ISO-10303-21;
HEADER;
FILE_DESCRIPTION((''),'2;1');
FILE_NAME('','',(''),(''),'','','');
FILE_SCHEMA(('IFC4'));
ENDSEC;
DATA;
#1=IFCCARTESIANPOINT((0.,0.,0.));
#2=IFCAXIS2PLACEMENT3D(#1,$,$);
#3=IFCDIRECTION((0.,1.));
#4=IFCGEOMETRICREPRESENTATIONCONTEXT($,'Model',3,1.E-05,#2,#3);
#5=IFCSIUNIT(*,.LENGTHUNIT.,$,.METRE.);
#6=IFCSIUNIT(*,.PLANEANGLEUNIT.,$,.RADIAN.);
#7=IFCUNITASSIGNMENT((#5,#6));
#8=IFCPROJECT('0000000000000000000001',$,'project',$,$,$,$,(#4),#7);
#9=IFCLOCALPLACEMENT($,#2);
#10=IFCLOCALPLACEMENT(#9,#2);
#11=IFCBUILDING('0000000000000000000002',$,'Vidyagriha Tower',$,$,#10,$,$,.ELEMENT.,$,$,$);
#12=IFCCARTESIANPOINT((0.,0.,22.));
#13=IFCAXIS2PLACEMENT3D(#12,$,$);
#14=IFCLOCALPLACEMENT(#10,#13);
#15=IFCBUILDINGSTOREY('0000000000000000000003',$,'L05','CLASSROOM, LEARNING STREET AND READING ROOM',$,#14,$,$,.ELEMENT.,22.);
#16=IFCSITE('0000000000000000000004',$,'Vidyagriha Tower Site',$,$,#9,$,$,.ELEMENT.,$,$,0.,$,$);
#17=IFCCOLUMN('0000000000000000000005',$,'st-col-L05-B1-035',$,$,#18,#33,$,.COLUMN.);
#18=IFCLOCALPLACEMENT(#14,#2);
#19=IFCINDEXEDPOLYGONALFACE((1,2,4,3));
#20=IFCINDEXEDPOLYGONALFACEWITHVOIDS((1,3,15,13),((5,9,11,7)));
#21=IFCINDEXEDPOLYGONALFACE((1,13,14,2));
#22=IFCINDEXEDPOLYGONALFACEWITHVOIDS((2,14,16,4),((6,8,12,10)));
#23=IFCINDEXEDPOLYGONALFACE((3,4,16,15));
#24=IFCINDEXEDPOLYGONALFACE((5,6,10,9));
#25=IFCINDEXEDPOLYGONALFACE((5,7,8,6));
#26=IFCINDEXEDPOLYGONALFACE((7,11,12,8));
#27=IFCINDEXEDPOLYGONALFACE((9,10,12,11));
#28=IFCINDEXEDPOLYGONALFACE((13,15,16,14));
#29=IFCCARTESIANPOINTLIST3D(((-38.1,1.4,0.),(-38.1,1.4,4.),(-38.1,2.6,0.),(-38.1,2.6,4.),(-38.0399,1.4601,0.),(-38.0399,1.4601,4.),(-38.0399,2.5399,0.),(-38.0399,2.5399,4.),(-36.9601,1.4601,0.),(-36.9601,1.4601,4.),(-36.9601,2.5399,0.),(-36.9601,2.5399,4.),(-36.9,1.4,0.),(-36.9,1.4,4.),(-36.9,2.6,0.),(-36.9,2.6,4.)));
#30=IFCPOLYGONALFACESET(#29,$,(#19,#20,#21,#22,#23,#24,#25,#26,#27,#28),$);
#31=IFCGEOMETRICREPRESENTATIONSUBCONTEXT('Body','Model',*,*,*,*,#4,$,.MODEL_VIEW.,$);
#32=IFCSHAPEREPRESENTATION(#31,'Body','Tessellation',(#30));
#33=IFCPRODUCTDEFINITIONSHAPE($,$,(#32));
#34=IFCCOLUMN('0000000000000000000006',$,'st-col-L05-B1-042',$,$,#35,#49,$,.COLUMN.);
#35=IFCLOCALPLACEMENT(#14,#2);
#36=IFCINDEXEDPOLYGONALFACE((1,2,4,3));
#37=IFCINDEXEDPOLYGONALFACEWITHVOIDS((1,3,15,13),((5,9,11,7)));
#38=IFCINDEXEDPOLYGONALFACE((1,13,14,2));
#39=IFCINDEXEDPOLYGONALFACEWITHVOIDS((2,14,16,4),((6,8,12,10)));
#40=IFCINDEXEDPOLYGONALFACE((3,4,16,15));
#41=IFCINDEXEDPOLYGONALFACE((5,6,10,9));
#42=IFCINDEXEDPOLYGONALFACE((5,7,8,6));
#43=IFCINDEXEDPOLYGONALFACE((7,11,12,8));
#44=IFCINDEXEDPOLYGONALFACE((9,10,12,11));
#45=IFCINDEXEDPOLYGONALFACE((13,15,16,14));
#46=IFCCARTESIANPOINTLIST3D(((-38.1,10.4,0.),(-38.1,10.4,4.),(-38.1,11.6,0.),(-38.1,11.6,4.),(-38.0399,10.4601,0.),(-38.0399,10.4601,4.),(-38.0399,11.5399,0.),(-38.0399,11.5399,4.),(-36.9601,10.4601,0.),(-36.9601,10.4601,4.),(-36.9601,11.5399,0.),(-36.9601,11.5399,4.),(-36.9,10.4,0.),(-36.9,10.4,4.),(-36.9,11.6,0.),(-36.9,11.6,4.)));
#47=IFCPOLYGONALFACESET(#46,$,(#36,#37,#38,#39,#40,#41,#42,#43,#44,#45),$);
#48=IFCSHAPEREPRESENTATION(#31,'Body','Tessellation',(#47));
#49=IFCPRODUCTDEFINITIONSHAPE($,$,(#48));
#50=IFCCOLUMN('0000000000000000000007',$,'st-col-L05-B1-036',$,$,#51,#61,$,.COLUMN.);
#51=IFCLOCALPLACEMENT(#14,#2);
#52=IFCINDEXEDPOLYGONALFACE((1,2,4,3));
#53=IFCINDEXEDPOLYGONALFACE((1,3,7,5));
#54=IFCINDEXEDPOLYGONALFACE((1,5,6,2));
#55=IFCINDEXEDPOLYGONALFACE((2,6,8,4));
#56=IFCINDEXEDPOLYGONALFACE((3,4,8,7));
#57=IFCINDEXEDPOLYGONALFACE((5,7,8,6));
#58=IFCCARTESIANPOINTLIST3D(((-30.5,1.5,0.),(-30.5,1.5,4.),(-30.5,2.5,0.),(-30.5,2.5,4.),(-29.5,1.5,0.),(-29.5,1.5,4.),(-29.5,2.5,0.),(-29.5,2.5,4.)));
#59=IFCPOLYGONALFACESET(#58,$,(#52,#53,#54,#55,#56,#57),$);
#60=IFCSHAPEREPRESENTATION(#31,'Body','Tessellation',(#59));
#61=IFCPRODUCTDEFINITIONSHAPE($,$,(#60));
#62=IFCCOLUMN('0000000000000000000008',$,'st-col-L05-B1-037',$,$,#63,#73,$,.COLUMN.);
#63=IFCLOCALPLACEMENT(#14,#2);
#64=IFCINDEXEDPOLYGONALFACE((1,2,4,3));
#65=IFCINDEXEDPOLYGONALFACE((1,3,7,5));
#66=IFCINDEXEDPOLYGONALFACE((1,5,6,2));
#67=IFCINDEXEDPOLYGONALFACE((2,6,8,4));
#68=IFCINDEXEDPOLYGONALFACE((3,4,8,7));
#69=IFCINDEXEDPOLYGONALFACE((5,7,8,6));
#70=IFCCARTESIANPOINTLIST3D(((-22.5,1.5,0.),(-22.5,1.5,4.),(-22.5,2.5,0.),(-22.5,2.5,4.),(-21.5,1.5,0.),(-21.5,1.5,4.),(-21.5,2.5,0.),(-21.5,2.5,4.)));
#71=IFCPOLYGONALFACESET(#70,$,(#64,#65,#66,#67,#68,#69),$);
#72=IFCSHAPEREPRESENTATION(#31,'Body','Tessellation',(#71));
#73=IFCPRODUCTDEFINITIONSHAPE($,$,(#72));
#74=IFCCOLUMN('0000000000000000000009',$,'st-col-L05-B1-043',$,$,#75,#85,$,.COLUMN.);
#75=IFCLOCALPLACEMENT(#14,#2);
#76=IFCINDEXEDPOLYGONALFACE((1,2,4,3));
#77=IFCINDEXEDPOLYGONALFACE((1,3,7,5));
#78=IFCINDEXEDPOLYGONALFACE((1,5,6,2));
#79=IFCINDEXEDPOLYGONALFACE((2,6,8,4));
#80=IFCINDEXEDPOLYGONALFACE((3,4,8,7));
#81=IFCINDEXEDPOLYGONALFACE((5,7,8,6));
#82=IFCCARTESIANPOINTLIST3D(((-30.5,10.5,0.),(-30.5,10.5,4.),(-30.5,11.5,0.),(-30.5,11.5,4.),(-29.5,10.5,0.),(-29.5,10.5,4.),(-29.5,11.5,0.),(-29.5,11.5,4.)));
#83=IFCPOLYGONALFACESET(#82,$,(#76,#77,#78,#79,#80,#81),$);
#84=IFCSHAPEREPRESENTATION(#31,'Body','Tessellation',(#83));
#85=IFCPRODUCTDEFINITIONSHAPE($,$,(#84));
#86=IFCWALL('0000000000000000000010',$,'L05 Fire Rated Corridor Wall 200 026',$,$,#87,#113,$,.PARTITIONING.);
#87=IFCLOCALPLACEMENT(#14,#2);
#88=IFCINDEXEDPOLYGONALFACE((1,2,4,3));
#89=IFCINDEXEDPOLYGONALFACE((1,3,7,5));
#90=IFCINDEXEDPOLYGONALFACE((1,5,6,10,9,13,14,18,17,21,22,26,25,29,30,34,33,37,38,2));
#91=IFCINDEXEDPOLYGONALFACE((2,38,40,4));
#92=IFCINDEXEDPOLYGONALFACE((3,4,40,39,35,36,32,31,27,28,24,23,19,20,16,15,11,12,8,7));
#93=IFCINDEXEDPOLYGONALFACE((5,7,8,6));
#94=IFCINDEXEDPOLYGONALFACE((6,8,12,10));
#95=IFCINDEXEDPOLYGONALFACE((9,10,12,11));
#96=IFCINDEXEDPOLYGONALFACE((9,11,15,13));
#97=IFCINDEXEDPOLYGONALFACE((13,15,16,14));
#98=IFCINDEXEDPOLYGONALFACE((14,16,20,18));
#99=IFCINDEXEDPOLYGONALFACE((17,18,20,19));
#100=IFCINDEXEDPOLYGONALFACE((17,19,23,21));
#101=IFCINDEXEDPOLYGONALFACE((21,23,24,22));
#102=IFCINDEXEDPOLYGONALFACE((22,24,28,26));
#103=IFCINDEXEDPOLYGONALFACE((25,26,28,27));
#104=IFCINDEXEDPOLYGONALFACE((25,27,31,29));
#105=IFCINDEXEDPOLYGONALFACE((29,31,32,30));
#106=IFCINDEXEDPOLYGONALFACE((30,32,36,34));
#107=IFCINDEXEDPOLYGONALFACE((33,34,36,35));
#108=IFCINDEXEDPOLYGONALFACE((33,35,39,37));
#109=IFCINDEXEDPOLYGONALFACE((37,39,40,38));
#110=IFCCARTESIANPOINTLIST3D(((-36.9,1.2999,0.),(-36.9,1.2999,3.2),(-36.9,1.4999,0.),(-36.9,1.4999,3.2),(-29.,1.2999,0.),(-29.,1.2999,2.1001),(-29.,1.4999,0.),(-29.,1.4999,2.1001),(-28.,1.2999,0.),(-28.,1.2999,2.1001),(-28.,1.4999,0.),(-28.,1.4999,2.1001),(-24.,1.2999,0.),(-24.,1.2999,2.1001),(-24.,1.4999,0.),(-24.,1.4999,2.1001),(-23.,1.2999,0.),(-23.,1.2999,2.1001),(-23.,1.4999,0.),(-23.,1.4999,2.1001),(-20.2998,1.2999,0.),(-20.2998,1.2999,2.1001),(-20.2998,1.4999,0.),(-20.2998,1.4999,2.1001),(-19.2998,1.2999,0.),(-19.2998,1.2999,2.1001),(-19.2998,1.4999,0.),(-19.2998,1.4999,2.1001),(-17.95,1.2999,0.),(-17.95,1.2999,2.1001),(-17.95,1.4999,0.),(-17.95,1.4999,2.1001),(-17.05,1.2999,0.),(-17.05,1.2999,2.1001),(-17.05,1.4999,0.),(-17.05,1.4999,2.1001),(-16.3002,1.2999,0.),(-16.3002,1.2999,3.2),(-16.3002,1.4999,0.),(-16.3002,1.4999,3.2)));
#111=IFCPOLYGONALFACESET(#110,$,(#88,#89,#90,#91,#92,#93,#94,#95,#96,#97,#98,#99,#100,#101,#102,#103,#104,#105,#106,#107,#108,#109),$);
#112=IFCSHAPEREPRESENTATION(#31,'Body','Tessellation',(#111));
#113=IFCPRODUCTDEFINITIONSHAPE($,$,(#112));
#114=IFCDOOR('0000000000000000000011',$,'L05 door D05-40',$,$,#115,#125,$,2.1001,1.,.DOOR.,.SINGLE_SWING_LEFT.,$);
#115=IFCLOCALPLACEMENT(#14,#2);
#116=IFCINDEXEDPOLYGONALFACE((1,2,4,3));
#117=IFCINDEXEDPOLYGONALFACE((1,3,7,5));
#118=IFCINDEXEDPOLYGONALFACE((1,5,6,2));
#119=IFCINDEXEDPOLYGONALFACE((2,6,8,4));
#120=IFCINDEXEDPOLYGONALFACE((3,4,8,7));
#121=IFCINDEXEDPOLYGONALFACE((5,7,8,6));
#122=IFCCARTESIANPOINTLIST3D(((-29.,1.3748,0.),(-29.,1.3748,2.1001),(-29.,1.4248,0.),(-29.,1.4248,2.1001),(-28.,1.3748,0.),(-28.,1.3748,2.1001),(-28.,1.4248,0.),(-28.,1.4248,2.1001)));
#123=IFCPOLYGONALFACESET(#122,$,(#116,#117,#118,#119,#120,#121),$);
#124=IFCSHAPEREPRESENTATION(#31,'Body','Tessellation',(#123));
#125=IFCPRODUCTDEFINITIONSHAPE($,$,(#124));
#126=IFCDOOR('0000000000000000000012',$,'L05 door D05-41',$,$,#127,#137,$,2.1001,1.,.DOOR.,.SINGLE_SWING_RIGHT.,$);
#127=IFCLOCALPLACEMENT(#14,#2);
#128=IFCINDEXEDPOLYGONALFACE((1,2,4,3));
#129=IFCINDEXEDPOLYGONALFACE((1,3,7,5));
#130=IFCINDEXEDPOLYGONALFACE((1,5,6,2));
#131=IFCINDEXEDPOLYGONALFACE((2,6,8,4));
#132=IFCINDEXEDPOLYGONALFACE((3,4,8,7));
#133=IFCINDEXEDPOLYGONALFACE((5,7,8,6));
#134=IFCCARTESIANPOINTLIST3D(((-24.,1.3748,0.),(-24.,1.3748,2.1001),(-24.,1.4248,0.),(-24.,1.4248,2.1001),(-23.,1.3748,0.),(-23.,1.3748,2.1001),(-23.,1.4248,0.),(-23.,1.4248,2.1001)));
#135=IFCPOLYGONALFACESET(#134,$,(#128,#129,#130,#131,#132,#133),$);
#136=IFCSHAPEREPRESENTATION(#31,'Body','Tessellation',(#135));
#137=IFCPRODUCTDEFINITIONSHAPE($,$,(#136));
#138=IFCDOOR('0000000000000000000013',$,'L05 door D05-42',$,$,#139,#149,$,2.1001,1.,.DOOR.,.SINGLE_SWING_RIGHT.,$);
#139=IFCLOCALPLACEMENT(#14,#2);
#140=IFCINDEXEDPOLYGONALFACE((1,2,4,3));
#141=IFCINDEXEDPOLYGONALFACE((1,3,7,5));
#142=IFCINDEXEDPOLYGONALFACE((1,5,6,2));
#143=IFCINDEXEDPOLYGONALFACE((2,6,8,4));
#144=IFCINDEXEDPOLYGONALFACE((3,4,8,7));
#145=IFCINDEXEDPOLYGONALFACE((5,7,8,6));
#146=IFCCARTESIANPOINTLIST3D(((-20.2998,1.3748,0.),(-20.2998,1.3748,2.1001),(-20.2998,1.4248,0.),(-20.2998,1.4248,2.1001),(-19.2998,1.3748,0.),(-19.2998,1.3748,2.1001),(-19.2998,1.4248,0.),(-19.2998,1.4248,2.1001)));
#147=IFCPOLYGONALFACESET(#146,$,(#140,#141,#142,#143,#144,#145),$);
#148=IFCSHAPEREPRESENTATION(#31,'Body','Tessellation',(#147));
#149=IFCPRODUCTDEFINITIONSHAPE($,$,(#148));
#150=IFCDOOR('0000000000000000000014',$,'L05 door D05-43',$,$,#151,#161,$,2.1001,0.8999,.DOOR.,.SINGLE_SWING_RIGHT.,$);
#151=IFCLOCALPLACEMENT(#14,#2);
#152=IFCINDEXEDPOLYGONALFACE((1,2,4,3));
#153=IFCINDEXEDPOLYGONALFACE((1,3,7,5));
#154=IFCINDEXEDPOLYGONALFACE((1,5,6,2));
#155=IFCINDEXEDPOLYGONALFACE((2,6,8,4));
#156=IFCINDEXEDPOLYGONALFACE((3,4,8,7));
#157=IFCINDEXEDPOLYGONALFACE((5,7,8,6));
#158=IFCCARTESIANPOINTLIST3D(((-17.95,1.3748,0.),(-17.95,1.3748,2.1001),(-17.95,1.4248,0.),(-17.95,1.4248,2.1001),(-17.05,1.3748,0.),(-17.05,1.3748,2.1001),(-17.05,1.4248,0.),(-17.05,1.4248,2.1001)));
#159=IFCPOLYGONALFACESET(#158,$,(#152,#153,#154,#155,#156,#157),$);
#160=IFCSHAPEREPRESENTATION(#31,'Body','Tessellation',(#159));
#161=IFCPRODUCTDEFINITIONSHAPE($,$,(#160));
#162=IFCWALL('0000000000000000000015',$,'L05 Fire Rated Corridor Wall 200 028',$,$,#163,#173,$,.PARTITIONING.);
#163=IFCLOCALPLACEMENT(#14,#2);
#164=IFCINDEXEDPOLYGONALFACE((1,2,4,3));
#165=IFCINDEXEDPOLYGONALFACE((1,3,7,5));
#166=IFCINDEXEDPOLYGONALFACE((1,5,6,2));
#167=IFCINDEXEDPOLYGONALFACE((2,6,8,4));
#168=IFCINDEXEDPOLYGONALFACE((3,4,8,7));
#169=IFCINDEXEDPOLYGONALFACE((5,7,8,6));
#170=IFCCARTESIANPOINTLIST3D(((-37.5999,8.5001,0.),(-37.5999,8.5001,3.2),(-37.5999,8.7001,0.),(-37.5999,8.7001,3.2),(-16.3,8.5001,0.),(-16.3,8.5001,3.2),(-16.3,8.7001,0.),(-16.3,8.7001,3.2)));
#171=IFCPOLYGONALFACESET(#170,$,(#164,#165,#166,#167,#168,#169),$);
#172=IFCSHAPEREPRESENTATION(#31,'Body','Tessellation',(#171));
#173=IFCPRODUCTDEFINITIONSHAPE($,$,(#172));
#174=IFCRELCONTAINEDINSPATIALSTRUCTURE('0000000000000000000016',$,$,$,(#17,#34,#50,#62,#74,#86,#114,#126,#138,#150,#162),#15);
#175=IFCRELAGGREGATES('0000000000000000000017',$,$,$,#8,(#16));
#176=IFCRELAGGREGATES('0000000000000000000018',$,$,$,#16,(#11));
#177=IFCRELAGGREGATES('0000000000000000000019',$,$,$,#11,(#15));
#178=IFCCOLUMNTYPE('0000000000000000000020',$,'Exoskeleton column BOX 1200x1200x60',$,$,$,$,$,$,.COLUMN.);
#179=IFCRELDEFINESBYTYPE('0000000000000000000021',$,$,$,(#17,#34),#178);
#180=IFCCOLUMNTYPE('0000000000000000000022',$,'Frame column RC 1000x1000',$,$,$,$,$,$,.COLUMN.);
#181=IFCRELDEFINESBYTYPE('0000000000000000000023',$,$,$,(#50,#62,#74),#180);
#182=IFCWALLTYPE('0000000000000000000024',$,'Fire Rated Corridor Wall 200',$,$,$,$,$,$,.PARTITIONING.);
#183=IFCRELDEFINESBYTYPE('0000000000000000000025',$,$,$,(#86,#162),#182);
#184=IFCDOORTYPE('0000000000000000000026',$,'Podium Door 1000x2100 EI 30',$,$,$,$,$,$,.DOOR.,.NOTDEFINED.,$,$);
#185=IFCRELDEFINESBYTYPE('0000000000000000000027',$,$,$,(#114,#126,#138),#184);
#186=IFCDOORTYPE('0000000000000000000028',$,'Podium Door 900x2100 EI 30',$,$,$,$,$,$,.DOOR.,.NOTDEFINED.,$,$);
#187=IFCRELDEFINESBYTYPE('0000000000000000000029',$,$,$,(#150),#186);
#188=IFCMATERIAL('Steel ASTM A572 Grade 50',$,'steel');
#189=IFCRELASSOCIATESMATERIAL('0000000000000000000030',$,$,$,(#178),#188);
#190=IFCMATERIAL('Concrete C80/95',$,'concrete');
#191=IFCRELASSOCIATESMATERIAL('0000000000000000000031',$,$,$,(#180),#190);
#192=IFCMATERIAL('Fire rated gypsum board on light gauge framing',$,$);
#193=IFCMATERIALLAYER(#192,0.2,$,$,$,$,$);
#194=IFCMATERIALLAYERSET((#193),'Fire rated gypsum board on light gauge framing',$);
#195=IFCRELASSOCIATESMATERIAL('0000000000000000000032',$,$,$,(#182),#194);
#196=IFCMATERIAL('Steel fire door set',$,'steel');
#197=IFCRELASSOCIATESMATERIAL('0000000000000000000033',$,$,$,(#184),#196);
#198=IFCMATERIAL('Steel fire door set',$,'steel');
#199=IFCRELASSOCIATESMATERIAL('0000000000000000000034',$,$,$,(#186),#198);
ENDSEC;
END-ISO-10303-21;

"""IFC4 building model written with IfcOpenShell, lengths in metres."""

from ifc_helpers import new_model, si_unit, direction, frame, frame_2d, origin, origin_2d, place, context, subcontext, project, spatial, rectangle, hollow_rectangle, extrude, material, layer, layer_set, material_profile, profile_set, type_object, element, fill, save


model = new_model("IFC4")

# Units and contexts
model_context = context("Model", 3, precision=1e-05, world=origin(), true_north=direction((0.0, 1.0)))
body_context = subcontext(model_context, "Body", "Model", "MODEL_VIEW")
ifc_project = project(units=[si_unit("LENGTHUNIT", "METRE"), si_unit("PLANEANGLEUNIT", "RADIAN")], contexts=[model_context])

# Site, building, storey
site_placement = place(None, origin())
site = spatial("IfcSite", under=ifc_project, at=site_placement, Name="Vidyagriha Tower Site", CompositionType="ELEMENT", RefElevation=0.0)
building_placement = place(site_placement, origin())
building = spatial("IfcBuilding", under=site, at=building_placement, Name="Vidyagriha Tower", CompositionType="ELEMENT")
storey_placement = place(building_placement, frame((0.0, 0.0, 22.0)))
storey = spatial("IfcBuildingStorey", under=building, at=storey_placement, Name="L05", Description="CLASSROOM, LEARNING STREET AND READING ROOM", CompositionType="ELEMENT", Elevation=22.0)

# Columns
ifc_material_1 = material(Name="Steel ASTM A572 Grade 50", Category="steel")
ifc_material_profile_1 = material_profile(ifc_material_1, hollow_rectangle(XDim=1.2, YDim=1.2, WallThickness=0.0601, at=origin_2d()), Name="BOX 1200x1200x60")
ifc_profile_set_1 = profile_set([ifc_material_profile_1], Name="Steel ASTM A572 Grade 50")
column_type_1 = type_object("IfcColumnType", Name="Exoskeleton column BOX 1200x1200x60", PredefinedType="COLUMN", material=ifc_profile_set_1)
for number, where, name in (
    (1, (-37.5, 2.0, 0.0), "st-col-L05-B1-035"),
    (2, (-37.5, 11.0, 0.0), "st-col-L05-B1-042"),
):
    element("IfcColumn", number, at=place(storey_placement, frame(where)), inside=storey, type_object=column_type_1, Name=name, PredefinedType="COLUMN", context=body_context, shape_type="SweptSolid", body=[
        extrude(hollow_rectangle(XDim=1.2, YDim=1.2, WallThickness=0.0601, at=origin_2d()), origin(), (0.0, 0.0, 1.0), 4.0),
    ])
ifc_material_2 = material(Name="Concrete C80/95", Category="concrete")
ifc_material_profile_2 = material_profile(ifc_material_2, rectangle(XDim=1.0, YDim=1.0, at=origin_2d()), Name="RC 1000x1000")
ifc_profile_set_2 = profile_set([ifc_material_profile_2], Name="Concrete C80/95")
column_type_2 = type_object("IfcColumnType", Name="Frame column RC 1000x1000", PredefinedType="COLUMN", material=ifc_profile_set_2)
for number, where, name in (
    (3, (-30.0, 2.0, 0.0), "st-col-L05-B1-036"),
    (4, (-22.0, 2.0, 0.0), "st-col-L05-B1-037"),
    (5, (-30.0, 11.0, 0.0), "st-col-L05-B1-043"),
):
    element("IfcColumn", number, at=place(storey_placement, frame(where)), inside=storey, type_object=column_type_2, Name=name, PredefinedType="COLUMN", context=body_context, shape_type="SweptSolid", body=[
        extrude(rectangle(XDim=1.0, YDim=1.0, at=origin_2d()), origin(), (0.0, 0.0, 1.0), 4.0),
    ])

# Wall, openings, doors
ifc_material_3 = material(Name="Fire rated gypsum board on light gauge framing")
ifc_layer_1 = layer(ifc_material_3, 0.2)
ifc_layer_set_1 = layer_set([ifc_layer_1], Name="Fire rated gypsum board on light gauge framing")
wall_type_1 = type_object("IfcWallType", Name="Fire Rated Corridor Wall 200", PredefinedType="PARTITIONING", material=ifc_layer_set_1)
wall_1_placement = place(storey_placement, frame((-36.8999, 1.3999, 0.0)))
wall_1 = element("IfcWall", 6, at=wall_1_placement, inside=storey, type_object=wall_type_1, Name="L05 Fire Rated Corridor Wall 200 026", PredefinedType="PARTITIONING", context=body_context, shape_type="SweptSolid", body=[
    extrude(rectangle(XDim=20.5999, YDim=0.2, at=frame_2d((10.2998, 0.0))), origin(), (0.0, 0.0, 1.0), 3.2),
])
opening_1_placement = place(wall_1_placement, frame((7.8999, 0.0, 0.0)))
opening_1 = element("IfcOpeningElement", 7, at=opening_1_placement, cuts=wall_1, PredefinedType="OPENING", context=body_context, shape_type="SweptSolid", body=[
    extrude(rectangle(XDim=1.0, YDim=2.1001, at=frame_2d((0.5, 1.05))), frame((0.0, 0.1099, 0.0), z_axis=(0.0, -1.0, 0.0), x_axis=(1.0, 0.0, 0.0)), (0.0, 0.0, 1.0), 0.22),
])
opening_2_placement = place(wall_1_placement, frame((12.8999, 0.0, 0.0)))
opening_2 = element("IfcOpeningElement", 8, at=opening_2_placement, cuts=wall_1, PredefinedType="OPENING", context=body_context, shape_type="SweptSolid", body=[
    extrude(rectangle(XDim=1.0, YDim=2.1001, at=frame_2d((0.5, 1.05))), frame((0.0, 0.1099, 0.0), z_axis=(0.0, -1.0, 0.0), x_axis=(1.0, 0.0, 0.0)), (0.0, 0.0, 1.0), 0.22),
])
opening_3_placement = place(wall_1_placement, frame((16.6001, 0.0, 0.0)))
opening_3 = element("IfcOpeningElement", 9, at=opening_3_placement, cuts=wall_1, PredefinedType="OPENING", context=body_context, shape_type="SweptSolid", body=[
    extrude(rectangle(XDim=1.0, YDim=2.1001, at=frame_2d((0.5, 1.05))), frame((0.0, 0.1099, 0.0), z_axis=(0.0, -1.0, 0.0), x_axis=(1.0, 0.0, 0.0)), (0.0, 0.0, 1.0), 0.22),
])
opening_4_placement = place(wall_1_placement, frame((18.95, 0.0, 0.0)))
opening_4 = element("IfcOpeningElement", 10, at=opening_4_placement, cuts=wall_1, PredefinedType="OPENING", context=body_context, shape_type="SweptSolid", body=[
    extrude(rectangle(XDim=0.8999, YDim=2.1001, at=frame_2d((0.45, 1.05))), frame((0.0, 0.1099, 0.0), z_axis=(0.0, -1.0, 0.0), x_axis=(1.0, 0.0, 0.0)), (0.0, 0.0, 1.0), 0.22),
])
ifc_material_4 = material(Name="Steel fire door set", Category="steel")
door_type_1 = type_object("IfcDoorType", Name="Podium Door 1000x2100 EI 30", OperationType="NOTDEFINED", PredefinedType="DOOR", material=ifc_material_4)
door_1_placement = place(opening_1_placement, origin())
door_1 = element("IfcDoor", 11, at=door_1_placement, inside=storey, type_object=door_type_1, Name="L05 door D05-40", OperationType="SINGLE_SWING_LEFT", OverallHeight=2.1001, OverallWidth=1.0, PredefinedType="DOOR", context=body_context, shape_type="SweptSolid", body=[
    extrude(rectangle(XDim=1.0, YDim=2.1001, at=frame_2d((0.5, 1.05))), frame((0.0, 0.0249, 0.0), z_axis=(0.0, -1.0, 0.0), x_axis=(1.0, 0.0, 0.0)), (0.0, 0.0, 1.0), 0.05),
])
fill(opening_1, door_1)
door_2_placement = place(opening_2_placement, origin())
door_2 = element("IfcDoor", 12, at=door_2_placement, inside=storey, type_object=door_type_1, Name="L05 door D05-41", OperationType="SINGLE_SWING_RIGHT", OverallHeight=2.1001, OverallWidth=1.0, PredefinedType="DOOR", context=body_context, shape_type="SweptSolid", body=[
    extrude(rectangle(XDim=1.0, YDim=2.1001, at=frame_2d((0.5, 1.05))), frame((0.0, 0.0249, 0.0), z_axis=(0.0, -1.0, 0.0), x_axis=(1.0, 0.0, 0.0)), (0.0, 0.0, 1.0), 0.05),
])
fill(opening_2, door_2)
door_3_placement = place(opening_3_placement, origin())
door_3 = element("IfcDoor", 13, at=door_3_placement, inside=storey, type_object=door_type_1, Name="L05 door D05-42", OperationType="SINGLE_SWING_RIGHT", OverallHeight=2.1001, OverallWidth=1.0, PredefinedType="DOOR", context=body_context, shape_type="SweptSolid", body=[
    extrude(rectangle(XDim=1.0, YDim=2.1001, at=frame_2d((0.5, 1.05))), frame((0.0, 0.0249, 0.0), z_axis=(0.0, -1.0, 0.0), x_axis=(1.0, 0.0, 0.0)), (0.0, 0.0, 1.0), 0.05),
])
fill(opening_3, door_3)
ifc_material_5 = material(Name="Steel fire door set", Category="steel")
door_type_2 = type_object("IfcDoorType", Name="Podium Door 900x2100 EI 30", OperationType="NOTDEFINED", PredefinedType="DOOR", material=ifc_material_5)
door_4_placement = place(opening_4_placement, origin())
door_4 = element("IfcDoor", 14, at=door_4_placement, inside=storey, type_object=door_type_2, Name="L05 door D05-43", OperationType="SINGLE_SWING_RIGHT", OverallHeight=2.1001, OverallWidth=0.8999, PredefinedType="DOOR", context=body_context, shape_type="SweptSolid", body=[
    extrude(rectangle(XDim=0.8999, YDim=2.1001, at=frame_2d((0.45, 1.05))), frame((0.0, 0.0249, 0.0), z_axis=(0.0, -1.0, 0.0), x_axis=(1.0, 0.0, 0.0)), (0.0, 0.0, 1.0), 0.05),
])
fill(opening_4, door_4)

# Wall
wall_2_placement = place(storey_placement, frame((-37.5999, 8.6001, 0.0)))
element("IfcWall", 15, at=wall_2_placement, inside=storey, type_object=wall_type_1, Name="L05 Fire Rated Corridor Wall 200 028", PredefinedType="PARTITIONING", context=body_context, shape_type="SweptSolid", body=[
    extrude(rectangle(XDim=21.2998, YDim=0.2, at=frame_2d((10.6499, 0.0))), origin(), (0.0, 0.0, 1.0), 3.2),
])

save(model, "model.ifc")
